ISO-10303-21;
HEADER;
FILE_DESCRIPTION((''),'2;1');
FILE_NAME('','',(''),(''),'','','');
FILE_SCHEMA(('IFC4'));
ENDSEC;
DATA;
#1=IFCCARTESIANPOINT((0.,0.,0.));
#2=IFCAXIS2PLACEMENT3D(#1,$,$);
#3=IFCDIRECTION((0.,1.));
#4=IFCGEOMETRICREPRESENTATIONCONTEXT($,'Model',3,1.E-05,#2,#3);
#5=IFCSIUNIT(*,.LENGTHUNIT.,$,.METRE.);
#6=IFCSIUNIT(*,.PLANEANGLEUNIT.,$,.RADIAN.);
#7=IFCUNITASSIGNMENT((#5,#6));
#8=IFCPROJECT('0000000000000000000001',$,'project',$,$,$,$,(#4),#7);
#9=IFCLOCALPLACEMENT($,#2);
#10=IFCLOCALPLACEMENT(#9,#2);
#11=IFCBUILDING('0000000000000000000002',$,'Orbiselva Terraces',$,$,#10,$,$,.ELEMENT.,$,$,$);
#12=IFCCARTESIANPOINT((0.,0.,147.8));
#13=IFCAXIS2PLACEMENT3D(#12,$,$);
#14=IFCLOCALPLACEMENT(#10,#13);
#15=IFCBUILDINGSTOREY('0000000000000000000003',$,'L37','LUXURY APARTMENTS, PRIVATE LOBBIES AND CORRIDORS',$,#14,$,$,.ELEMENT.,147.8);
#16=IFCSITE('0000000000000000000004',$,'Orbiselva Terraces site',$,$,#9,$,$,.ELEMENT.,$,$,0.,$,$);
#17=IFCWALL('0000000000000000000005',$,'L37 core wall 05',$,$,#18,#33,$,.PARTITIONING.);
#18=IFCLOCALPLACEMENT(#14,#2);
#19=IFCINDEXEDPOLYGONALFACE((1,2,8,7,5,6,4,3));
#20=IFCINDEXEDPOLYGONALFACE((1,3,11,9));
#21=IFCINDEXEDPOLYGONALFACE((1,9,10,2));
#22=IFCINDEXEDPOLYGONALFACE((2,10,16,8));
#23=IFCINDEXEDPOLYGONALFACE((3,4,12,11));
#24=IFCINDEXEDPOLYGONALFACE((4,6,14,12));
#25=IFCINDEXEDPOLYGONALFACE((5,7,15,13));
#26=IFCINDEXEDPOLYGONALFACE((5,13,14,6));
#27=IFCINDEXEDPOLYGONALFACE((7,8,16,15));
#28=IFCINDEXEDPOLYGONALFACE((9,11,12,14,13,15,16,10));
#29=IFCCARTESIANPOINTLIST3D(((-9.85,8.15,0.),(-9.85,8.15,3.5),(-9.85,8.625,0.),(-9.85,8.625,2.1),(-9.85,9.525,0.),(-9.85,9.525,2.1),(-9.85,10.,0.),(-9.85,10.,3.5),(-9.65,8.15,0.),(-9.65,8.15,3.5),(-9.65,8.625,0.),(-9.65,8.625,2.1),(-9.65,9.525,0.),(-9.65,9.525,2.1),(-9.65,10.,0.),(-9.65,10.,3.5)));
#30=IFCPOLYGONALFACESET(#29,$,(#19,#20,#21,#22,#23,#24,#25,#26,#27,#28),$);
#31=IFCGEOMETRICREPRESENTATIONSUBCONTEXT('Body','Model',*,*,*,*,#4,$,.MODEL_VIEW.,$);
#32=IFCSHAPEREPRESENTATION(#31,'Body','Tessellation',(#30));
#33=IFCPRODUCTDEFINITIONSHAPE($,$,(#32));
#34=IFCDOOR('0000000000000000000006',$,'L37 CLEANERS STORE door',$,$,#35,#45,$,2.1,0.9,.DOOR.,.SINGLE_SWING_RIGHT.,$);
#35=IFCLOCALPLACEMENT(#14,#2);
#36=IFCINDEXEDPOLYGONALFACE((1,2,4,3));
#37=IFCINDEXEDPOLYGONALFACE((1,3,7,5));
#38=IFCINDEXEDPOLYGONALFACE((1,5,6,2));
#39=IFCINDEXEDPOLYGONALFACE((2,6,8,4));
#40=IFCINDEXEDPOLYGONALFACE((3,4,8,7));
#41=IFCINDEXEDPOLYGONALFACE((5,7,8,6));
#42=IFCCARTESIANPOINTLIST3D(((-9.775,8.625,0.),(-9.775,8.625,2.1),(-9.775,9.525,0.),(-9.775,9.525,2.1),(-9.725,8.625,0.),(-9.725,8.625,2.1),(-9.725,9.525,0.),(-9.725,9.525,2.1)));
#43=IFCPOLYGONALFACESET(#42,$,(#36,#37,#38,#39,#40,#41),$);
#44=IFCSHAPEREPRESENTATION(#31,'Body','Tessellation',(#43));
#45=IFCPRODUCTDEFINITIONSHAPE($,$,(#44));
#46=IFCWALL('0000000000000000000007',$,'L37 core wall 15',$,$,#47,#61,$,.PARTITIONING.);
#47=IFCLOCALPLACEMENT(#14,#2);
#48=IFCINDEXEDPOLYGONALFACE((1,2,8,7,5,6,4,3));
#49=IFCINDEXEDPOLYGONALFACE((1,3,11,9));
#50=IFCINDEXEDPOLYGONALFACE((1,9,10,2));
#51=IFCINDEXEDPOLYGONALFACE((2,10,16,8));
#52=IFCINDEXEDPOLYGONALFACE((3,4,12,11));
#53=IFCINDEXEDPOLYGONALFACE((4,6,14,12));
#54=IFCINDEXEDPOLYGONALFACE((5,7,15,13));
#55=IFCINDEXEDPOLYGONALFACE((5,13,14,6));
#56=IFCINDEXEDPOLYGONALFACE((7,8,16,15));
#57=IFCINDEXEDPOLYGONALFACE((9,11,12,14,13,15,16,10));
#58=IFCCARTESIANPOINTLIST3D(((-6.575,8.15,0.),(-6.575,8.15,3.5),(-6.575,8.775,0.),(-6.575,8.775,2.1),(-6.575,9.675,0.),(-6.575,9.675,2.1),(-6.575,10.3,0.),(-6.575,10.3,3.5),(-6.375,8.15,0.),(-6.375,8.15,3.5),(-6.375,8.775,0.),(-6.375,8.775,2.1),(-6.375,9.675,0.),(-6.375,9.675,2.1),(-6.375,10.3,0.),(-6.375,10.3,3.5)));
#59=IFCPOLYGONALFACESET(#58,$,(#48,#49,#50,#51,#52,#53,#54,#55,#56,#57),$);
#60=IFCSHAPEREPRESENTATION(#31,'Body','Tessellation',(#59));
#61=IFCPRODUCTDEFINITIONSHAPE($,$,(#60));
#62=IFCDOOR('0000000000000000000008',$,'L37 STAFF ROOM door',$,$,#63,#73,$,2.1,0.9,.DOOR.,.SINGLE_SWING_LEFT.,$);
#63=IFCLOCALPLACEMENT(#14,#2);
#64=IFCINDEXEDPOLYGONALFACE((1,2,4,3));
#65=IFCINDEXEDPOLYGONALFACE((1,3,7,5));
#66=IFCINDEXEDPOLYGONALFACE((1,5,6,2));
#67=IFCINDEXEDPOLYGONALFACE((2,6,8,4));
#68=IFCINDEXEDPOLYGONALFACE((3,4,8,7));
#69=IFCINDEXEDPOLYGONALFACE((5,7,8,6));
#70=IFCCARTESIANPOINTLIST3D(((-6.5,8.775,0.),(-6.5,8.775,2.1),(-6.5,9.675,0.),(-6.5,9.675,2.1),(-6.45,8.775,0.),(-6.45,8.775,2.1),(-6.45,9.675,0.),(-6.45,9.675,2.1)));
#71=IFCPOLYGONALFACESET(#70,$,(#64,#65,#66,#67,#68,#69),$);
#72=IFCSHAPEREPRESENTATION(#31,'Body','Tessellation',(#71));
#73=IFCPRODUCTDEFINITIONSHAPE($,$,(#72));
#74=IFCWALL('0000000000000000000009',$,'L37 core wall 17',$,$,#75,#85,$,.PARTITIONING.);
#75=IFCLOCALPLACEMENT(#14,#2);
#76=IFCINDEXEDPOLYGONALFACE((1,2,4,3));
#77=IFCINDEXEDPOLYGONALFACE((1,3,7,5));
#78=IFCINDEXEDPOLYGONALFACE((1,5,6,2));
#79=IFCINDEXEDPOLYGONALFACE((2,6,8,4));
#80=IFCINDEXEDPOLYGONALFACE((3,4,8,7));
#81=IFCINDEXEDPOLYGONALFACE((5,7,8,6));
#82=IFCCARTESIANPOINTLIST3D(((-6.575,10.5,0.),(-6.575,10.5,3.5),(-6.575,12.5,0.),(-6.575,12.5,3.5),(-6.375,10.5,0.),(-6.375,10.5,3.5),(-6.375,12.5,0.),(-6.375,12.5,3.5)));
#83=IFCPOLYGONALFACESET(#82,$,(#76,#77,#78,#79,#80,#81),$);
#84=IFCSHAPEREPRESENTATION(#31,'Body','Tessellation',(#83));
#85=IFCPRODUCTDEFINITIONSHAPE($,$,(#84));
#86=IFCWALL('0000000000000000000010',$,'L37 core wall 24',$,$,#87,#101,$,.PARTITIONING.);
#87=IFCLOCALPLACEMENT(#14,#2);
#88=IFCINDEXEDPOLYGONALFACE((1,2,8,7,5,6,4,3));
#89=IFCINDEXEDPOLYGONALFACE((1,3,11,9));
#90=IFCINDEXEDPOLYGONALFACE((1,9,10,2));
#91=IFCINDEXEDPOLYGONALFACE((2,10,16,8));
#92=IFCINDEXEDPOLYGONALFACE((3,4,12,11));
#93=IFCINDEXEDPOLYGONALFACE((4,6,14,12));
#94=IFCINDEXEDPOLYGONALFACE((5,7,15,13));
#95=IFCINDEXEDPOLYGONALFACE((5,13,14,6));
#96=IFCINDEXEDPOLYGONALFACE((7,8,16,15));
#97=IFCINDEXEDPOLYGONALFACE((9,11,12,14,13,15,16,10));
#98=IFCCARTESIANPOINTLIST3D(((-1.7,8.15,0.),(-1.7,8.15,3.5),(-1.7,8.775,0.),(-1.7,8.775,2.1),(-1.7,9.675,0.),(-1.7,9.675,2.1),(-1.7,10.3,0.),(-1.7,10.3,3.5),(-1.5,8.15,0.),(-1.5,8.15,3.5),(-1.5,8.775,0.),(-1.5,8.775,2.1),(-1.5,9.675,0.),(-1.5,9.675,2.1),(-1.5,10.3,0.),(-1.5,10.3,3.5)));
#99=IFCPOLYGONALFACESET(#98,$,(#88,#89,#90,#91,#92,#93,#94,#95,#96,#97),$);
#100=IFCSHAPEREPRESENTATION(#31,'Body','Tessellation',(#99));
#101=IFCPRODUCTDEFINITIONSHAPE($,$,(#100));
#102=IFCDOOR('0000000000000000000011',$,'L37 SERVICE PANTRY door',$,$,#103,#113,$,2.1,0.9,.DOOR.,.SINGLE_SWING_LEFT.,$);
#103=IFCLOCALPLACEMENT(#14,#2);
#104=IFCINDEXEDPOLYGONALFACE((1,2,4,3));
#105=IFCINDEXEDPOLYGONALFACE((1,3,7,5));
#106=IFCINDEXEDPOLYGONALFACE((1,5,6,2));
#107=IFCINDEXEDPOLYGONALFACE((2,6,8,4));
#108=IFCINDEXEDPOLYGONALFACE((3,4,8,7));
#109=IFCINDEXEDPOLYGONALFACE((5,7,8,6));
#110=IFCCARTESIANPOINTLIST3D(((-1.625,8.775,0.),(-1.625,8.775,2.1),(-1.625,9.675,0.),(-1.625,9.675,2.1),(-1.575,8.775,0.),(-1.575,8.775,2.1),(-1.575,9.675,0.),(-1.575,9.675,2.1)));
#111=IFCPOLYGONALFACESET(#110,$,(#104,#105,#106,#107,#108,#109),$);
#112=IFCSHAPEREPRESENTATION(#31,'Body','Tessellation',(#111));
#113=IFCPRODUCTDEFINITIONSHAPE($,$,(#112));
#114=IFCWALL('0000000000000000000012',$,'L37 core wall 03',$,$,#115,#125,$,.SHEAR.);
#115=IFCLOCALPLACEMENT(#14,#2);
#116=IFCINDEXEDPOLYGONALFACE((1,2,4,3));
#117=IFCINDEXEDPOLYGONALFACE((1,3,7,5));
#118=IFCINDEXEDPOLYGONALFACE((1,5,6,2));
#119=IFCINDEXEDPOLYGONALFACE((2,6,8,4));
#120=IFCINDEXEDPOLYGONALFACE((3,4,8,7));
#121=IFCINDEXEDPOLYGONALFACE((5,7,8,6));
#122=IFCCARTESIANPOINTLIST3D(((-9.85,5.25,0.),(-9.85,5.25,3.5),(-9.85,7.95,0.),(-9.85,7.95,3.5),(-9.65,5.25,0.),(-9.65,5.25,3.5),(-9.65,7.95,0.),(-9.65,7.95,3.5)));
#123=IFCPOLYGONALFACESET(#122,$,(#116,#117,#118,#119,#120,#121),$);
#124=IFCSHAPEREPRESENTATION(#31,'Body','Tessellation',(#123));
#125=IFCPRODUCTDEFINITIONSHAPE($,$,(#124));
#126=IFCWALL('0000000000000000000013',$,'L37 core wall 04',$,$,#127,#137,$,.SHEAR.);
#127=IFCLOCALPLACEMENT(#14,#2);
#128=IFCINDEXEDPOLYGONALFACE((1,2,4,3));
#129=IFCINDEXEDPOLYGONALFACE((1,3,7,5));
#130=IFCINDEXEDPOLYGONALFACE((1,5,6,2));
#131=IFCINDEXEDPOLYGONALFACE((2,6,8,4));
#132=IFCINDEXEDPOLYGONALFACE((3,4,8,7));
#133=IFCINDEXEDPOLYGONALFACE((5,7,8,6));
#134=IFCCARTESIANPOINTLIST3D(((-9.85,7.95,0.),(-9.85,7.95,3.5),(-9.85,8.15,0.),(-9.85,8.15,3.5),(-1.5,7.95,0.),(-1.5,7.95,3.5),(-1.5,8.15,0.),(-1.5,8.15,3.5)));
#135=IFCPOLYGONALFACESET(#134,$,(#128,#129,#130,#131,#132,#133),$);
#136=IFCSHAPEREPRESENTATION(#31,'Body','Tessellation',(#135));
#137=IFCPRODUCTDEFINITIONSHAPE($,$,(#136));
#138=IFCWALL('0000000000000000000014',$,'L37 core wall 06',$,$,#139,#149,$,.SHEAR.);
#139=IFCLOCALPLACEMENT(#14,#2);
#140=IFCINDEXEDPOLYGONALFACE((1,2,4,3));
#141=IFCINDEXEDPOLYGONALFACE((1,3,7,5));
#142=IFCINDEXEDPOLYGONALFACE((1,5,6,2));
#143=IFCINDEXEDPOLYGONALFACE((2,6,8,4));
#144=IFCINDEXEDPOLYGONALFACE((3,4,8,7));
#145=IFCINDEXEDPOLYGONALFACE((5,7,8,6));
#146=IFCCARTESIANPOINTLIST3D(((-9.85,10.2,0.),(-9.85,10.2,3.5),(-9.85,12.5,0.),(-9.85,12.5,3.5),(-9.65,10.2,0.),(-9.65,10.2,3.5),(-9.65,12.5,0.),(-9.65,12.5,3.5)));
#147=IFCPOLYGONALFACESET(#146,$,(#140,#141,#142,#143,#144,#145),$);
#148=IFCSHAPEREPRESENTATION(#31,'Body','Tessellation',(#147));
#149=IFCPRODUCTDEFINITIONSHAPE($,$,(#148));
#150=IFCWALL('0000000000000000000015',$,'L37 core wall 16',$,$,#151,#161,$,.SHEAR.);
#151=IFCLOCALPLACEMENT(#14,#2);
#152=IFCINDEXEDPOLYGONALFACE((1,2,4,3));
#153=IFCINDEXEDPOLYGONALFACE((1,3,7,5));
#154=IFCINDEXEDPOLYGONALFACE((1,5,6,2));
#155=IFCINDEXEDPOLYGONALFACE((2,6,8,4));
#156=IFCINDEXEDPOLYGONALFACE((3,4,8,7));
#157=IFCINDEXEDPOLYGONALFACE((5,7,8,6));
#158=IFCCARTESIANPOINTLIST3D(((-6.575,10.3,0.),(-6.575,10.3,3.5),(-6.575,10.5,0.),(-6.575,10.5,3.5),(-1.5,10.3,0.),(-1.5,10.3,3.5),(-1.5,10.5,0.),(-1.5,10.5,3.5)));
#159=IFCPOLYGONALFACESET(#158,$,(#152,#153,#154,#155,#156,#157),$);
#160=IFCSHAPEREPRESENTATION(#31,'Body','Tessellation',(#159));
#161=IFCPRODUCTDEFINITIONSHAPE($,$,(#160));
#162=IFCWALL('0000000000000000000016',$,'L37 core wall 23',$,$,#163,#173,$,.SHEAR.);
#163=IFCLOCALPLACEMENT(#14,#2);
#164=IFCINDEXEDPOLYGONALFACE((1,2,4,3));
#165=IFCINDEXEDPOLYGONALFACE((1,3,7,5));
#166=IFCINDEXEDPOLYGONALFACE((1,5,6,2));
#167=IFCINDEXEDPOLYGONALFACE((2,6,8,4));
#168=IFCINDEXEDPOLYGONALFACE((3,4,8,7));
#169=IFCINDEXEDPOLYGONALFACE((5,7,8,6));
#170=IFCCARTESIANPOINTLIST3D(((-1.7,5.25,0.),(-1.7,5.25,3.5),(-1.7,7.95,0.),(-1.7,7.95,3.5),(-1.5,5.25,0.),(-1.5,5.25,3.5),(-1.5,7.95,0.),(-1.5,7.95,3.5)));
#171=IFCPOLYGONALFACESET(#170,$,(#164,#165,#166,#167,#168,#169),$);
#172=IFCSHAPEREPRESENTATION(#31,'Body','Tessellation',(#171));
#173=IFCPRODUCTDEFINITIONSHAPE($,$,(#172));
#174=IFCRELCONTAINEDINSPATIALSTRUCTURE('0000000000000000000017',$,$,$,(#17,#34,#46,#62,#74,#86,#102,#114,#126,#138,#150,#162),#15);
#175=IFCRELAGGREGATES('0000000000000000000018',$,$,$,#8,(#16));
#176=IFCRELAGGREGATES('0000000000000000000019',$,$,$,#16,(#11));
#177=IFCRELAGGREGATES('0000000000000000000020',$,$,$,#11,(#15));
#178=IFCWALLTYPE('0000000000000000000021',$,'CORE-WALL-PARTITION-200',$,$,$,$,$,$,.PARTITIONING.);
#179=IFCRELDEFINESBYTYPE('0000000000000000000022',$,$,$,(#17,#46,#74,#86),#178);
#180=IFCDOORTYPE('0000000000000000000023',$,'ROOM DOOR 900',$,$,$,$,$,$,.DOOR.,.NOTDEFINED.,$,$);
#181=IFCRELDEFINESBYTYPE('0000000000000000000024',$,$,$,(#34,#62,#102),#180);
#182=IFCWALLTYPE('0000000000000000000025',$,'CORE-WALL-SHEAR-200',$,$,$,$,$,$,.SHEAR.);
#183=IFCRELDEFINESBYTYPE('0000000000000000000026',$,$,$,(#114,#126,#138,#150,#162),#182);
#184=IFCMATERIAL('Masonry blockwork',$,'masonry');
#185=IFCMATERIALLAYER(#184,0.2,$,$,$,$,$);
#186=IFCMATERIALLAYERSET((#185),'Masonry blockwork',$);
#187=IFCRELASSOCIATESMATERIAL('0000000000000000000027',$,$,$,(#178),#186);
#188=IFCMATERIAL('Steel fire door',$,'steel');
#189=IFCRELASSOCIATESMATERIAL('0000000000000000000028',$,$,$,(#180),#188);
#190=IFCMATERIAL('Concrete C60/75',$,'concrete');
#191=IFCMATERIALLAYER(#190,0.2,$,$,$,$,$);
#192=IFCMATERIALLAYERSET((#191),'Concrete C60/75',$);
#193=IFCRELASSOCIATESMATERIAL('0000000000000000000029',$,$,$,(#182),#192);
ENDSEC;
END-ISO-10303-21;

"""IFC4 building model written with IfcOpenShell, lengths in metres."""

from ifc_helpers import new_model, si_unit, direction, frame, frame_2d, origin, place, context, subcontext, project, spatial, rectangle, extrude, material, layer, layer_set, type_object, element, fill, save


model = new_model("IFC4")

# Units and contexts
model_context = context("Model", 3, precision=1e-05, world=origin(), true_north=direction((0.0, 1.0)))
body_context = subcontext(model_context, "Body", "Model", "MODEL_VIEW")
ifc_project = project(units=[si_unit("LENGTHUNIT", "METRE"), si_unit("PLANEANGLEUNIT", "RADIAN")], contexts=[model_context])

# Site, building, storey
site_placement = place(None, origin())
site = spatial("IfcSite", under=ifc_project, at=site_placement, Name="Orbiselva Terraces site", CompositionType="ELEMENT", RefElevation=0.0)
building_placement = place(site_placement, origin())
building = spatial("IfcBuilding", under=site, at=building_placement, Name="Orbiselva Terraces", CompositionType="ELEMENT")
storey_placement = place(building_placement, frame((0.0, 0.0, 147.8)))
storey = spatial("IfcBuildingStorey", under=building, at=storey_placement, Name="L37", Description="LUXURY APARTMENTS, PRIVATE LOBBIES AND CORRIDORS", CompositionType="ELEMENT", Elevation=147.8)

# Walls, openings, doors
ifc_material_1 = material(Name="Masonry blockwork", Category="masonry")
ifc_layer_1 = layer(ifc_material_1, 0.2)
ifc_layer_set_1 = layer_set([ifc_layer_1], Name="Masonry blockwork")
wall_type_1 = type_object("IfcWallType", Name="CORE-WALL-PARTITION-200", PredefinedType="PARTITIONING", material=ifc_layer_set_1)
wall_1_placement = place(storey_placement, frame((-9.75, 8.15, 0.0), z_axis=(0.0, 0.0, 1.0), x_axis=(0.0, 1.0, 0.0)))
wall_1 = element("IfcWall", 1, at=wall_1_placement, inside=storey, type_object=wall_type_1, Name="L37 core wall 05", PredefinedType="PARTITIONING", context=body_context, shape_type="SweptSolid", body=[
    extrude(rectangle(XDim=1.85, YDim=0.2, at=frame_2d((0.925, 0.0))), origin(), (0.0, 0.0, 1.0), 3.5),
])
opening_1_placement = place(wall_1_placement, frame((0.475, 0.0, 0.0)))
opening_1 = element("IfcOpeningElement", 2, at=opening_1_placement, cuts=wall_1, PredefinedType="OPENING", context=body_context, shape_type="SweptSolid", body=[
    extrude(rectangle(XDim=0.9, YDim=2.1, at=frame_2d((0.45, 1.05))), frame((0.0, 0.11, 0.0), z_axis=(0.0, -1.0, 0.0), x_axis=(1.0, 0.0, 0.0)), (0.0, 0.0, 1.0), 0.22),
])
ifc_material_2 = material(Name="Steel fire door", Category="steel")
door_type = type_object("IfcDoorType", Name="ROOM DOOR 900", OperationType="NOTDEFINED", PredefinedType="DOOR", material=ifc_material_2)
door_1_placement = place(opening_1_placement, origin())
door_1 = element("IfcDoor", 3, at=door_1_placement, inside=storey, type_object=door_type, Name="L37 CLEANERS STORE door", OperationType="SINGLE_SWING_RIGHT", OverallHeight=2.1, OverallWidth=0.9, PredefinedType="DOOR", context=body_context, shape_type="SweptSolid", body=[
    extrude(rectangle(XDim=0.9, YDim=2.1, at=frame_2d((0.45, 1.05))), frame((0.0, 0.025, 0.0), z_axis=(0.0, -1.0, 0.0), x_axis=(1.0, 0.0, 0.0)), (0.0, 0.0, 1.0), 0.05),
])
fill(opening_1, door_1)
wall_2_placement = place(storey_placement, frame((-6.475, 8.15, 0.0), z_axis=(0.0, 0.0, 1.0), x_axis=(0.0, 1.0, 0.0)))
wall_2 = element("IfcWall", 4, at=wall_2_placement, inside=storey, type_object=wall_type_1, Name="L37 core wall 15", PredefinedType="PARTITIONING", context=body_context, shape_type="SweptSolid", body=[
    extrude(rectangle(XDim=2.15, YDim=0.2, at=frame_2d((1.075, 0.0))), origin(), (0.0, 0.0, 1.0), 3.5),
])
opening_2_placement = place(wall_2_placement, frame((0.625, 0.0, 0.0)))
opening_2 = element("IfcOpeningElement", 5, at=opening_2_placement, cuts=wall_2, PredefinedType="OPENING", context=body_context, shape_type="SweptSolid", body=[
    extrude(rectangle(XDim=0.9, YDim=2.1, at=frame_2d((0.45, 1.05))), frame((0.0, 0.11, 0.0), z_axis=(0.0, -1.0, 0.0), x_axis=(1.0, 0.0, 0.0)), (0.0, 0.0, 1.0), 0.22),
])
door_2_placement = place(opening_2_placement, origin())
door_2 = element("IfcDoor", 6, at=door_2_placement, inside=storey, type_object=door_type, Name="L37 STAFF ROOM door", OperationType="SINGLE_SWING_LEFT", OverallHeight=2.1, OverallWidth=0.9, PredefinedType="DOOR", context=body_context, shape_type="SweptSolid", body=[
    extrude(rectangle(XDim=0.9, YDim=2.1, at=frame_2d((0.45, 1.05))), frame((0.0, 0.025, 0.0), z_axis=(0.0, -1.0, 0.0), x_axis=(1.0, 0.0, 0.0)), (0.0, 0.0, 1.0), 0.05),
])
fill(opening_2, door_2)

# Wall
wall_3_placement = place(storey_placement, frame((-6.475, 10.5, 0.0), z_axis=(0.0, 0.0, 1.0), x_axis=(0.0, 1.0, 0.0)))
element("IfcWall", 7, at=wall_3_placement, inside=storey, type_object=wall_type_1, Name="L37 core wall 17", PredefinedType="PARTITIONING", context=body_context, shape_type="SweptSolid", body=[
    extrude(rectangle(XDim=2.0, YDim=0.2, at=frame_2d((1.0, 0.0))), origin(), (0.0, 0.0, 1.0), 3.5),
])

# Wall, opening, door
wall_4_placement = place(storey_placement, frame((-1.6, 8.15, 0.0), z_axis=(0.0, 0.0, 1.0), x_axis=(0.0, 1.0, 0.0)))
wall_4 = element("IfcWall", 8, at=wall_4_placement, inside=storey, type_object=wall_type_1, Name="L37 core wall 24", PredefinedType="PARTITIONING", context=body_context, shape_type="SweptSolid", body=[
    extrude(rectangle(XDim=2.15, YDim=0.2, at=frame_2d((1.075, 0.0))), origin(), (0.0, 0.0, 1.0), 3.5),
])
opening_3_placement = place(wall_4_placement, frame((0.625, 0.0, 0.0)))
opening_3 = element("IfcOpeningElement", 9, at=opening_3_placement, cuts=wall_4, PredefinedType="OPENING", context=body_context, shape_type="SweptSolid", body=[
    extrude(rectangle(XDim=0.9, YDim=2.1, at=frame_2d((0.45, 1.05))), frame((0.0, 0.11, 0.0), z_axis=(0.0, -1.0, 0.0), x_axis=(1.0, 0.0, 0.0)), (0.0, 0.0, 1.0), 0.22),
])
door_3_placement = place(opening_3_placement, origin())
door_3 = element("IfcDoor", 10, at=door_3_placement, inside=storey, type_object=door_type, Name="L37 SERVICE PANTRY door", OperationType="SINGLE_SWING_LEFT", OverallHeight=2.1, OverallWidth=0.9, PredefinedType="DOOR", context=body_context, shape_type="SweptSolid", body=[
    extrude(rectangle(XDim=0.9, YDim=2.1, at=frame_2d((0.45, 1.05))), frame((0.0, 0.025, 0.0), z_axis=(0.0, -1.0, 0.0), x_axis=(1.0, 0.0, 0.0)), (0.0, 0.0, 1.0), 0.05),
])
fill(opening_3, door_3)

# Walls
ifc_material_3 = material(Name="Concrete C60/75", Category="concrete")
ifc_layer_2 = layer(ifc_material_3, 0.2)
ifc_layer_set_2 = layer_set([ifc_layer_2], Name="Concrete C60/75")
wall_type_2 = type_object("IfcWallType", Name="CORE-WALL-SHEAR-200", PredefinedType="SHEAR", material=ifc_layer_set_2)
wall_5_placement = place(storey_placement, frame((-9.75, 5.25, 0.0), z_axis=(0.0, 0.0, 1.0), x_axis=(0.0, 1.0, 0.0)))
element("IfcWall", 11, at=wall_5_placement, inside=storey, type_object=wall_type_2, Name="L37 core wall 03", PredefinedType="SHEAR", context=body_context, shape_type="SweptSolid", body=[
    extrude(rectangle(XDim=2.7, YDim=0.2, at=frame_2d((1.35, 0.0))), origin(), (0.0, 0.0, 1.0), 3.5),
])
wall_6_placement = place(storey_placement, frame((-9.85, 8.05, 0.0), z_axis=(0.0, 0.0, 1.0), x_axis=(1.0, 0.0, 0.0)))
element("IfcWall", 12, at=wall_6_placement, inside=storey, type_object=wall_type_2, Name="L37 core wall 04", PredefinedType="SHEAR", context=body_context, shape_type="SweptSolid", body=[
    extrude(rectangle(XDim=8.35, YDim=0.2, at=frame_2d((4.175, 0.0))), origin(), (0.0, 0.0, 1.0), 3.5),
])
wall_7_placement = place(storey_placement, frame((-9.75, 10.2, 0.0), z_axis=(0.0, 0.0, 1.0), x_axis=(0.0, 1.0, 0.0)))
element("IfcWall", 13, at=wall_7_placement, inside=storey, type_object=wall_type_2, Name="L37 core wall 06", PredefinedType="SHEAR", context=body_context, shape_type="SweptSolid", body=[
    extrude(rectangle(XDim=2.3, YDim=0.2, at=frame_2d((1.15, 0.0))), origin(), (0.0, 0.0, 1.0), 3.5),
])
wall_8_placement = place(storey_placement, frame((-6.575, 10.4, 0.0), z_axis=(0.0, 0.0, 1.0), x_axis=(1.0, 0.0, 0.0)))
element("IfcWall", 14, at=wall_8_placement, inside=storey, type_object=wall_type_2, Name="L37 core wall 16", PredefinedType="SHEAR", context=body_context, shape_type="SweptSolid", body=[
    extrude(rectangle(XDim=5.075, YDim=0.2, at=frame_2d((2.5375, 0.0))), origin(), (0.0, 0.0, 1.0), 3.5),
])
wall_9_placement = place(storey_placement, frame((-1.6, 5.25, 0.0), z_axis=(0.0, 0.0, 1.0), x_axis=(0.0, 1.0, 0.0)))
element("IfcWall", 15, at=wall_9_placement, inside=storey, type_object=wall_type_2, Name="L37 core wall 23", PredefinedType="SHEAR", context=body_context, shape_type="SweptSolid", body=[
    extrude(rectangle(XDim=2.7, YDim=0.2, at=frame_2d((1.35, 0.0))), origin(), (0.0, 0.0, 1.0), 3.5),
])

save(model, "model.ifc")
